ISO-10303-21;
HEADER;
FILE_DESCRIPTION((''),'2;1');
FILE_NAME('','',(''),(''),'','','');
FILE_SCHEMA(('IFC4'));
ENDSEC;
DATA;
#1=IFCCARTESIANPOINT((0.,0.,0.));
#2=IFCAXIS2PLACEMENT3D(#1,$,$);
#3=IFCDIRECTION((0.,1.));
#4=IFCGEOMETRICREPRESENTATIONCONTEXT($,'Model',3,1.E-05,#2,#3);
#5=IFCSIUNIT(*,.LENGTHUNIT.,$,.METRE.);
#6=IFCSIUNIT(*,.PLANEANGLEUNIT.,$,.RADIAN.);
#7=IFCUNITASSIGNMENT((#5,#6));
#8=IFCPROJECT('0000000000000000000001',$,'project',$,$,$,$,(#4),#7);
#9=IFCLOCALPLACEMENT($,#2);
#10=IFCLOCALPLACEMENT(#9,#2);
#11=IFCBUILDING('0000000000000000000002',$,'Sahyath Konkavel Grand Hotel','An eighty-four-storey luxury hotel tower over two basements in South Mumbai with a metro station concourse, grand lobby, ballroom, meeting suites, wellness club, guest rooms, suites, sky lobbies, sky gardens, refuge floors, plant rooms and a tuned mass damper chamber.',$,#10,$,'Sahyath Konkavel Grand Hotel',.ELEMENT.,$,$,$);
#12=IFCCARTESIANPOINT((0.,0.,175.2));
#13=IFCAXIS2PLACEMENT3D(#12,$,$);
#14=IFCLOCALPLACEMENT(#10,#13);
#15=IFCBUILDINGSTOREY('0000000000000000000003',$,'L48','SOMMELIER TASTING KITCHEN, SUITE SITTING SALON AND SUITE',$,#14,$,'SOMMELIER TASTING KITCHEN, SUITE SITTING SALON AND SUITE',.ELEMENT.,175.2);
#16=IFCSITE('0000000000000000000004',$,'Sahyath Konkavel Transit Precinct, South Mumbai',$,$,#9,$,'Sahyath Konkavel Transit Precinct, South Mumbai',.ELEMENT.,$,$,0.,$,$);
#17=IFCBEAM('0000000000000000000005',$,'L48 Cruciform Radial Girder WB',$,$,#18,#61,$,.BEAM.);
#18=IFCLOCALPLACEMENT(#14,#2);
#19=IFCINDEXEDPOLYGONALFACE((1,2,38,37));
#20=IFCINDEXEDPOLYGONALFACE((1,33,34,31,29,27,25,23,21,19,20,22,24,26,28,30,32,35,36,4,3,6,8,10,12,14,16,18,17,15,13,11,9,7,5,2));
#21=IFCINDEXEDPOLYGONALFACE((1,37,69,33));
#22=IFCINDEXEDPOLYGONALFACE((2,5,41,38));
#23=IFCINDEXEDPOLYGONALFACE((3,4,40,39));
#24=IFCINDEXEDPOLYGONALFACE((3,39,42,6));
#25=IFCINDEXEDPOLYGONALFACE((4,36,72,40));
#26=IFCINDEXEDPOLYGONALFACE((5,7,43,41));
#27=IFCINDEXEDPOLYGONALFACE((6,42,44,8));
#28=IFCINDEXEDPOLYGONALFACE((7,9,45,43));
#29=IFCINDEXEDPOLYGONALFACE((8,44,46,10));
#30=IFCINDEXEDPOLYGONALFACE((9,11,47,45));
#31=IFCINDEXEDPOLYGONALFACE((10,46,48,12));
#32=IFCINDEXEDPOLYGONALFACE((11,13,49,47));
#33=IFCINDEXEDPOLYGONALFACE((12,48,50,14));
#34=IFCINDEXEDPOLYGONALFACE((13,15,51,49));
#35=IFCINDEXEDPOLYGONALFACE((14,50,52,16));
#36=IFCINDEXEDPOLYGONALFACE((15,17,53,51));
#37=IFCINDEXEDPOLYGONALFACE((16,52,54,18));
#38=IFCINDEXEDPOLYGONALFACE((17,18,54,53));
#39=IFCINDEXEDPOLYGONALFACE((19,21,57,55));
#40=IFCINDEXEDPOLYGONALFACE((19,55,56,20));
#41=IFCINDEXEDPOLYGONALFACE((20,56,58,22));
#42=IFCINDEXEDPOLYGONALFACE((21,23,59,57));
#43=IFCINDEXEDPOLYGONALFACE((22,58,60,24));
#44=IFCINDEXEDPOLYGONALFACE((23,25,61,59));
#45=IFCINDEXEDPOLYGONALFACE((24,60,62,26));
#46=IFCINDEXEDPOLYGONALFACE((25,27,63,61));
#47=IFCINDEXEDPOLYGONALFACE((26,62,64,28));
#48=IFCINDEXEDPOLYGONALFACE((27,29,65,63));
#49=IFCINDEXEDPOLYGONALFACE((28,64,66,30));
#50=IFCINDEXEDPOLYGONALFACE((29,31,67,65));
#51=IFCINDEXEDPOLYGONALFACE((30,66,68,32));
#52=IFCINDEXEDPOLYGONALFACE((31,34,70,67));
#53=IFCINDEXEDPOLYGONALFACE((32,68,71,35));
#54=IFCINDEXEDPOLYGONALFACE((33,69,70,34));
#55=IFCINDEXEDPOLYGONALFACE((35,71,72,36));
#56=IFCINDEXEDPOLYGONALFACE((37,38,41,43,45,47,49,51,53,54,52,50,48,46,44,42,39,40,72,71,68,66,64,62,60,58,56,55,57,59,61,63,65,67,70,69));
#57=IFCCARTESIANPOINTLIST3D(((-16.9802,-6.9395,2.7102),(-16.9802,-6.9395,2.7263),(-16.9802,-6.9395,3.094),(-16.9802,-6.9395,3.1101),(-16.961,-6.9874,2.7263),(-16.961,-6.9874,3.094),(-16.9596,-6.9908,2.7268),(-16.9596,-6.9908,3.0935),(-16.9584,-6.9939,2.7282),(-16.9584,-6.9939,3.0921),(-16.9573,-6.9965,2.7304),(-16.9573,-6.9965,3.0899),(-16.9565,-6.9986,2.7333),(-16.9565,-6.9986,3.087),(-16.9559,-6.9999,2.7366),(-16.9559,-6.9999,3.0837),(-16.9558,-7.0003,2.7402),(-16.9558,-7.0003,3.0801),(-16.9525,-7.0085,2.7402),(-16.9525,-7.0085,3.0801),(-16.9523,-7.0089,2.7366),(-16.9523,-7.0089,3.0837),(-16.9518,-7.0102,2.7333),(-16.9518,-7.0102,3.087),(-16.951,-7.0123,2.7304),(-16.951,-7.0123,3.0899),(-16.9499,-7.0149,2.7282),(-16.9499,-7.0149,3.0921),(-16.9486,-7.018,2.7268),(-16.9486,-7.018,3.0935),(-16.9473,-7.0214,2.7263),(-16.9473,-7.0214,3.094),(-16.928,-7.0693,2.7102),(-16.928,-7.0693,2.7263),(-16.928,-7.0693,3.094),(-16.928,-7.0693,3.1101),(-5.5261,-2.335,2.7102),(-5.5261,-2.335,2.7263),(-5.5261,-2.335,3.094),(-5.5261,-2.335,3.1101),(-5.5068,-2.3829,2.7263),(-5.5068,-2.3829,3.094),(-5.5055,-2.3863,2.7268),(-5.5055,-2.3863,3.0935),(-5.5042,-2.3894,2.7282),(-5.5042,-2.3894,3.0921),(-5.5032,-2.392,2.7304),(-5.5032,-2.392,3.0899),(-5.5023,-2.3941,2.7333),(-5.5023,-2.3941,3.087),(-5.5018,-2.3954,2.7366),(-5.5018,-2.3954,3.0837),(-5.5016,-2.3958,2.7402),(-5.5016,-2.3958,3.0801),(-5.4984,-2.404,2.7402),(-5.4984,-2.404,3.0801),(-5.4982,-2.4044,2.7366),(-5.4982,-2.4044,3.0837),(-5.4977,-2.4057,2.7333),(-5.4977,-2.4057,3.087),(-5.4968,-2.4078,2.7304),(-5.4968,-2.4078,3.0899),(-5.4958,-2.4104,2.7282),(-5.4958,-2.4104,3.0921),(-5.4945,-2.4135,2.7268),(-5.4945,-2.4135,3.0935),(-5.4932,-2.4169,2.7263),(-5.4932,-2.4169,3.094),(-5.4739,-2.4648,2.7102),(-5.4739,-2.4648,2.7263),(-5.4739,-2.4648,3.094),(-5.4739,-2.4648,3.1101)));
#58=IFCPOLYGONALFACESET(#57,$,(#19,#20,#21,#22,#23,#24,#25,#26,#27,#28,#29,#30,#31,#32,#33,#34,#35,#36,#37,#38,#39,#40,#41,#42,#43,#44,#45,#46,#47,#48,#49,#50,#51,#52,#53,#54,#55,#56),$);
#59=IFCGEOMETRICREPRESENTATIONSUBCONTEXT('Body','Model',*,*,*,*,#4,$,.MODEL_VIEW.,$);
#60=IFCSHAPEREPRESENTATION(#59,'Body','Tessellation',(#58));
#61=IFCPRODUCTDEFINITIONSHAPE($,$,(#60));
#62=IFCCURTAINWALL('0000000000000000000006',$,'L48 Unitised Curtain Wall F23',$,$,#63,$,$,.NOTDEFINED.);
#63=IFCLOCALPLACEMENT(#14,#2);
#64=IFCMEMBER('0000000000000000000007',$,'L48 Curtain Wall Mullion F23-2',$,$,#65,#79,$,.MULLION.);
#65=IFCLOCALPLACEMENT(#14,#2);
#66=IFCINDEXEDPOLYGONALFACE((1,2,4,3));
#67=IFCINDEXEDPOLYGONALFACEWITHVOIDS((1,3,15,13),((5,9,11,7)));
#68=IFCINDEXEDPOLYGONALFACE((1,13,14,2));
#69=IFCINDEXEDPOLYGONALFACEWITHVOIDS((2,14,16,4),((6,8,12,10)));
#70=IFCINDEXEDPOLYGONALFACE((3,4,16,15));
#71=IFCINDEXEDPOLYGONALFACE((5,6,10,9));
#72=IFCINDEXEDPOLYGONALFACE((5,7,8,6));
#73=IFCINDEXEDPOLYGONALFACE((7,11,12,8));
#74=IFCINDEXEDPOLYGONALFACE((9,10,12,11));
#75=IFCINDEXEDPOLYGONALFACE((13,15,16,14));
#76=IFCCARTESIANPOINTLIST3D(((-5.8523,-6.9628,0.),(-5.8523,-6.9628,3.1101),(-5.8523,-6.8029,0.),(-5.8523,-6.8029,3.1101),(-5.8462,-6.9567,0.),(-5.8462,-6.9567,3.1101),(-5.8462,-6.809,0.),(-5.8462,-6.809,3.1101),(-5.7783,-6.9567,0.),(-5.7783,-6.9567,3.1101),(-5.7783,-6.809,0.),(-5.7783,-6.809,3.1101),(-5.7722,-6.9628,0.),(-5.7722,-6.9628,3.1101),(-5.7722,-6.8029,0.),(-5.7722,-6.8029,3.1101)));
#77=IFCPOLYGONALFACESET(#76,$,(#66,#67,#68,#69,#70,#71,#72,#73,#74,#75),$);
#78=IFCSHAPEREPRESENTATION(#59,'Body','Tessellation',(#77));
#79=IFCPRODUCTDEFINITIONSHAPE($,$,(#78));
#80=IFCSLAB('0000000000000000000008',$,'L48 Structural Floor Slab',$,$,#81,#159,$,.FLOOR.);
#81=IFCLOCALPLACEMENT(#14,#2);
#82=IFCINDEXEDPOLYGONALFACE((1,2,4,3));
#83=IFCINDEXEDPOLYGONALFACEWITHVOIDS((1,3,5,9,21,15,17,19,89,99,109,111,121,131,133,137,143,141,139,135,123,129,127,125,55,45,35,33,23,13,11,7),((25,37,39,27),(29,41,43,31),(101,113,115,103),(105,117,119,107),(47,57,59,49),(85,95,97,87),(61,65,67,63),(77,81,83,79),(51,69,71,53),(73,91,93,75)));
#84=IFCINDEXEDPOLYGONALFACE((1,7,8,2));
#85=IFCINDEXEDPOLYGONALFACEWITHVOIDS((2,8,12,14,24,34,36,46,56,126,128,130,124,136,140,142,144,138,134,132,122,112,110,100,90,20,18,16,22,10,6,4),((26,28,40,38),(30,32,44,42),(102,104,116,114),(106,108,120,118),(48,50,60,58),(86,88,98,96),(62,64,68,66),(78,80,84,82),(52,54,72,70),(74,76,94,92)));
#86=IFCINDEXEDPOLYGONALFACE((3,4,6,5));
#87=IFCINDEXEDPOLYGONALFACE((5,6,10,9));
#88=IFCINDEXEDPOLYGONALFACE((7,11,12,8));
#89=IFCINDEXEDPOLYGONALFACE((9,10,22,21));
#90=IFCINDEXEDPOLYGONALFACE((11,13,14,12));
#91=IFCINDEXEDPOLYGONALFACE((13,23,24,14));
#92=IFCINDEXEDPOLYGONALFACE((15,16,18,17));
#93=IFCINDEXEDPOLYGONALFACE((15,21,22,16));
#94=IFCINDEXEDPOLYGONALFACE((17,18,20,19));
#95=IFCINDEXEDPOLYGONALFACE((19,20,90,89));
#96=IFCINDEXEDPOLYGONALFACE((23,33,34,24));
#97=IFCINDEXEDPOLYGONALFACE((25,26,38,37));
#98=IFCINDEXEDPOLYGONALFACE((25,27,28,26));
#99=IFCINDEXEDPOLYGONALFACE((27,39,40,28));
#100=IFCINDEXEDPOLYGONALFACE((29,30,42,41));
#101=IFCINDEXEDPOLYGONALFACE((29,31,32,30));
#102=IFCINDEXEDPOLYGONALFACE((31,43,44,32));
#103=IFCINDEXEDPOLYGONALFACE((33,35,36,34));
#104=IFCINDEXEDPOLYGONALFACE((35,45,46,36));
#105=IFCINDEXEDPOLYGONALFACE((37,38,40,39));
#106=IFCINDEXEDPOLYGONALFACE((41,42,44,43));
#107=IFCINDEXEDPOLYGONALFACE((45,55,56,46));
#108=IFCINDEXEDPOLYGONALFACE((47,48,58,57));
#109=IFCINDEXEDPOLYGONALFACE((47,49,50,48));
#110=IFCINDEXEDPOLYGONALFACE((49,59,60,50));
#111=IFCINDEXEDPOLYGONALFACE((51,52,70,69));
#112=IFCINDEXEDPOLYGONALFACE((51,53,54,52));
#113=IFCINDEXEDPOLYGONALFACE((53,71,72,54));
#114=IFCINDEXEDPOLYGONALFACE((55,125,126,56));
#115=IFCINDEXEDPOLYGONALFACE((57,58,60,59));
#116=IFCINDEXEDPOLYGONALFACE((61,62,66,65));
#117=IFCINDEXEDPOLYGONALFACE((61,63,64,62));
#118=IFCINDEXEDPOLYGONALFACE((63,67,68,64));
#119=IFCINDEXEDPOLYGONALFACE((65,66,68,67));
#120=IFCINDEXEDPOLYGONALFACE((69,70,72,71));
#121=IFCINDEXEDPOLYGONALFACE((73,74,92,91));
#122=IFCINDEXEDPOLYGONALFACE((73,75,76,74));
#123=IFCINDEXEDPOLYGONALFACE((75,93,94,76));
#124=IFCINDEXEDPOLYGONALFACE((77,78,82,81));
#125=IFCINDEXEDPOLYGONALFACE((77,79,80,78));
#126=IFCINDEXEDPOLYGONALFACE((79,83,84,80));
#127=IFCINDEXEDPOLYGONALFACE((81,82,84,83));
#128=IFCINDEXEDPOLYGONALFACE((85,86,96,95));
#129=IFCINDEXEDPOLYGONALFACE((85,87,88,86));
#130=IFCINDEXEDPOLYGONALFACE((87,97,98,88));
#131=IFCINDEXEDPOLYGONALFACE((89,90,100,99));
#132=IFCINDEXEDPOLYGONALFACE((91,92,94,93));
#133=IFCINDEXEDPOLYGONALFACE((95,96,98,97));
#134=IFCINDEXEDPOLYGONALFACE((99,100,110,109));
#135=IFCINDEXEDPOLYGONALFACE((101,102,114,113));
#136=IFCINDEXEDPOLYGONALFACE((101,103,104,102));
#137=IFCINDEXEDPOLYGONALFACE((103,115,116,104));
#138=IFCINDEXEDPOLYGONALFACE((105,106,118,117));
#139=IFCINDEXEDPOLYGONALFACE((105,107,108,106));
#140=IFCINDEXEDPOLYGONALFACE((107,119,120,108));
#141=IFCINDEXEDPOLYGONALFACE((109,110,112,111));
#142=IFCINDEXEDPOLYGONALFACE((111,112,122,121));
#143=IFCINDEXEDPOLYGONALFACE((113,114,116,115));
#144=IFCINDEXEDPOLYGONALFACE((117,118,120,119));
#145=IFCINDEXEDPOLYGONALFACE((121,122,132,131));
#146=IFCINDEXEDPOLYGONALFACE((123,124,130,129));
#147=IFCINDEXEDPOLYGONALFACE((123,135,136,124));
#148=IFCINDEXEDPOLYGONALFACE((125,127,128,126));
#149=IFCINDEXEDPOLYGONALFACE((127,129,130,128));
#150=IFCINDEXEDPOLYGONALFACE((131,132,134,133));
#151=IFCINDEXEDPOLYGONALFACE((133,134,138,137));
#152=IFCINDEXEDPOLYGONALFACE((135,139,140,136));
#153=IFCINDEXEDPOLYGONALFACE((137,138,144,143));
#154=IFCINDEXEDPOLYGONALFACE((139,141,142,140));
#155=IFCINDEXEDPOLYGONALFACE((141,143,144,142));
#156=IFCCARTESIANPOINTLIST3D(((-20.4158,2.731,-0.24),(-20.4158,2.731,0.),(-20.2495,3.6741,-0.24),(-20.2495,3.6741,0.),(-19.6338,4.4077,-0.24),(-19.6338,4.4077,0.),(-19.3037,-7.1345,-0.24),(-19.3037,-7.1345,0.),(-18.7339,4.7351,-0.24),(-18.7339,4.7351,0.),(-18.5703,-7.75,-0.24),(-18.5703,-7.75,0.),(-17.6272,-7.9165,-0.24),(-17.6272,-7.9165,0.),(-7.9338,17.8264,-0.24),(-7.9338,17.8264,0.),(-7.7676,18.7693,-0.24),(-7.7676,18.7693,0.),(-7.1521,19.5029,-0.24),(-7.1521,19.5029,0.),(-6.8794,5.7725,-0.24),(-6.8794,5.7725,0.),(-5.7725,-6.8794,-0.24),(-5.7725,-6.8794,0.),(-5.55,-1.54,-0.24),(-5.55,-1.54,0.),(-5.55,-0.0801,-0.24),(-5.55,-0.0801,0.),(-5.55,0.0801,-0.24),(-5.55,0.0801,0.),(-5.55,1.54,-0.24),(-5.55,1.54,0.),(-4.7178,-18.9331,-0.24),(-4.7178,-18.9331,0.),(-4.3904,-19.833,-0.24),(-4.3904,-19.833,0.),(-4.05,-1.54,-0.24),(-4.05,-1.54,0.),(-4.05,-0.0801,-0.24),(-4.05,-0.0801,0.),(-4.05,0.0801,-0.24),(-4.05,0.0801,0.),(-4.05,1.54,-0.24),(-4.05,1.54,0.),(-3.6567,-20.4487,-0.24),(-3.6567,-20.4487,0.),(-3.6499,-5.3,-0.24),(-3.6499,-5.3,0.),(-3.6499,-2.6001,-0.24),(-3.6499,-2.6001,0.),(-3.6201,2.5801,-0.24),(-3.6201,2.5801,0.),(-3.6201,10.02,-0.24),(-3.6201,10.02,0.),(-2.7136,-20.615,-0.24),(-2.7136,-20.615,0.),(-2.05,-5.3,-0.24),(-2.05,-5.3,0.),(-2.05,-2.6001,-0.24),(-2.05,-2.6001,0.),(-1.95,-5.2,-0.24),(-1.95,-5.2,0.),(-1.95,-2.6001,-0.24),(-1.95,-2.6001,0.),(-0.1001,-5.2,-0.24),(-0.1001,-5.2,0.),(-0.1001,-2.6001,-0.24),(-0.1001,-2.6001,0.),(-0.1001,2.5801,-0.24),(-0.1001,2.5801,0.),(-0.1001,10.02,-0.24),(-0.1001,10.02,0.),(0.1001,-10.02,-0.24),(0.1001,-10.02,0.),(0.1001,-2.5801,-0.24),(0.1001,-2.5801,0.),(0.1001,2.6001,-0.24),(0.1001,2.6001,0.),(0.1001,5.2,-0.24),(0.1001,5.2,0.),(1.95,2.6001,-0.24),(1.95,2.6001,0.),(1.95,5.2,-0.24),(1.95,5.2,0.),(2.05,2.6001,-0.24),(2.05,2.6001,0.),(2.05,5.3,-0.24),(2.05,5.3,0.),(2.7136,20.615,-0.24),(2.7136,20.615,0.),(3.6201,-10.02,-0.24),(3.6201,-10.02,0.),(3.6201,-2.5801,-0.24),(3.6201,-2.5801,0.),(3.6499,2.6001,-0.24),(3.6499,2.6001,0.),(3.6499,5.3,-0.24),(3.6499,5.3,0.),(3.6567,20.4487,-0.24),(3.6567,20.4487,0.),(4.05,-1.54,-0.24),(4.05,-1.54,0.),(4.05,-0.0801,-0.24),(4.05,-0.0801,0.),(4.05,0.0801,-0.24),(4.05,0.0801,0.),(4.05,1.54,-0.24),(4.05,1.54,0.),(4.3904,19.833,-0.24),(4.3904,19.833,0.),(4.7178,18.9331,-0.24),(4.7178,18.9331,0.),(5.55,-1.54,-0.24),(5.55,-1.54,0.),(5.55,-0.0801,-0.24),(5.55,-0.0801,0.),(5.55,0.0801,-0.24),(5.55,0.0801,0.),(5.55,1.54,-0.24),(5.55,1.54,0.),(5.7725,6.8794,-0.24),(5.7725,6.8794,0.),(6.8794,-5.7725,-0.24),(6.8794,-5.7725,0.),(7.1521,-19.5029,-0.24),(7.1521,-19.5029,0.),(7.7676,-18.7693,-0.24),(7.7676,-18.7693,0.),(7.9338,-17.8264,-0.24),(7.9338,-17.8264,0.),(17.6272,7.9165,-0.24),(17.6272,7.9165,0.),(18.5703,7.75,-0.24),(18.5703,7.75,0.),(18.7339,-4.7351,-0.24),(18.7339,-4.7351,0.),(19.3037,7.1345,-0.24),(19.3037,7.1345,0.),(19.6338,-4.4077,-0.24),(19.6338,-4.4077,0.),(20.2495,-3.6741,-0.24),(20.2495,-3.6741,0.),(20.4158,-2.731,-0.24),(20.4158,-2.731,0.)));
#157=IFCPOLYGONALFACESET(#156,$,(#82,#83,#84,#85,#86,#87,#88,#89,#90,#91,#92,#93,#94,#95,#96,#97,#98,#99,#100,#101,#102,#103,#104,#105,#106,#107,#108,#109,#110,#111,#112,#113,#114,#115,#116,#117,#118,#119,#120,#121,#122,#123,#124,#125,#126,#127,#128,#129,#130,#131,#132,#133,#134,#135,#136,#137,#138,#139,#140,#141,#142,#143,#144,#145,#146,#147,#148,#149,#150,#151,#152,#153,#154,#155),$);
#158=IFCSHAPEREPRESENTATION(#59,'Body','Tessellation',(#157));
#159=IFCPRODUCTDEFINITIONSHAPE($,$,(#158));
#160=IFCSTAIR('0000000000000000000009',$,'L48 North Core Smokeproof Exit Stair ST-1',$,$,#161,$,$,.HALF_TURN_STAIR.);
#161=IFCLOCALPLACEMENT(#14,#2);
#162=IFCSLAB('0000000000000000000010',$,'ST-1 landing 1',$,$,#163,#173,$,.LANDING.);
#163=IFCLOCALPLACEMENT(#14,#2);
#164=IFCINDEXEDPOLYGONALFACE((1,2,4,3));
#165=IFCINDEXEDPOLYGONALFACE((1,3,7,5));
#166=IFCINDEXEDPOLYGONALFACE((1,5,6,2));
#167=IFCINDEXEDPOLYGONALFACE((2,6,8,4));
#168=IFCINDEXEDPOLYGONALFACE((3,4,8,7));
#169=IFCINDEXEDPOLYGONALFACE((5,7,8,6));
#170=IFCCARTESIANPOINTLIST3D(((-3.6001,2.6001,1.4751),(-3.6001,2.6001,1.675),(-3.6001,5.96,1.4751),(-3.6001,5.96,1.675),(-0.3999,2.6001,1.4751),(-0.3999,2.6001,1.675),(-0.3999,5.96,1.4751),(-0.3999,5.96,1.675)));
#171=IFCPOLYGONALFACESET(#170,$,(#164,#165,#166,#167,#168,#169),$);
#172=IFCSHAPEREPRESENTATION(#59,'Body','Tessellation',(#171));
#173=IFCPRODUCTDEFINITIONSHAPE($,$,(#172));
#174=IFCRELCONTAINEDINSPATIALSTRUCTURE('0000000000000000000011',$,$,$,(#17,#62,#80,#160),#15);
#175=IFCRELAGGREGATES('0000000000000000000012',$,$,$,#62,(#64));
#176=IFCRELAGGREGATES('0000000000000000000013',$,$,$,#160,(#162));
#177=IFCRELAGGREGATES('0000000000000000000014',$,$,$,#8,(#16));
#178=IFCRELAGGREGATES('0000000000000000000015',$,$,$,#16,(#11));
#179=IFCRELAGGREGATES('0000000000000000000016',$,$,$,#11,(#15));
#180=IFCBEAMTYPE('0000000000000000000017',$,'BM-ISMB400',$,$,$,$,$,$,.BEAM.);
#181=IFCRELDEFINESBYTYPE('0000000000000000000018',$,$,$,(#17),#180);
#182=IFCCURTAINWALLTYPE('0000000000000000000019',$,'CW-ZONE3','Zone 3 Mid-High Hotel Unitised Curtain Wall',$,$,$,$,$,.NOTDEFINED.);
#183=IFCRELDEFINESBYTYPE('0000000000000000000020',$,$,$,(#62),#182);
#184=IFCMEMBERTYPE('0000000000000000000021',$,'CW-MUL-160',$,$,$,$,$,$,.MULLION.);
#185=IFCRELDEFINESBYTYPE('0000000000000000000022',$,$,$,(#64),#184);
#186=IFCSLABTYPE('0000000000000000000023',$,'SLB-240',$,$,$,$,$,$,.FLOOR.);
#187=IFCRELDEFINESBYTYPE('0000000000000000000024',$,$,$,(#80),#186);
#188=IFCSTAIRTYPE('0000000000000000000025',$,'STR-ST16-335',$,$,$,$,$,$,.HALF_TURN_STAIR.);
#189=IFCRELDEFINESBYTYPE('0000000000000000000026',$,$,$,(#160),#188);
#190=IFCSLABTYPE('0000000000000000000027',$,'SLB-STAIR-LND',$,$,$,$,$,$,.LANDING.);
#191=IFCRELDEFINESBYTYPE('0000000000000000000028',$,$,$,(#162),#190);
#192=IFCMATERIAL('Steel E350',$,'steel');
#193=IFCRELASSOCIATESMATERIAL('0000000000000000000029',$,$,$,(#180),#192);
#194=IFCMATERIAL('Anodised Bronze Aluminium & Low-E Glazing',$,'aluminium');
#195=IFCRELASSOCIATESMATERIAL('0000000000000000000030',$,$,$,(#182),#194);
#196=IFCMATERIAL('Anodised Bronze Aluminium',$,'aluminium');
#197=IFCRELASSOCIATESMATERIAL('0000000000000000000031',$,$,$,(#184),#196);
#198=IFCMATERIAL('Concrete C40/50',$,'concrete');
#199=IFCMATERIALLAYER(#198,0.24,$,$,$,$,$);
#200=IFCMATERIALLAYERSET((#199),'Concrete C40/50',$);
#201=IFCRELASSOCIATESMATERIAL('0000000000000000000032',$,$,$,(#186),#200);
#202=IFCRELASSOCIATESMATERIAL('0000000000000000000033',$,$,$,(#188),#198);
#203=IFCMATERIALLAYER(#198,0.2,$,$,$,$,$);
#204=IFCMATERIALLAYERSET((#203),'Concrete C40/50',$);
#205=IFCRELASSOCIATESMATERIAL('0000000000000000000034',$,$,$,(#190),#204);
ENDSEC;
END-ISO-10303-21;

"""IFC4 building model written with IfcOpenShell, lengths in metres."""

from ifc_helpers import new_model, si_unit, direction, frame, origin, origin_2d, place, context, subcontext, project, spatial, polyline, hollow_rectangle, i_section, outline, extrude, source, transform, mapped, material, layer, layer_set, material_profile, profile_set, type_object, element, aggregate, save


model = new_model("IFC4")

# Units and contexts
model_context = context("Model", 3, precision=1e-05, world=origin(), true_north=direction((0.0, 1.0)))
body_context = subcontext(model_context, "Body", "Model", "MODEL_VIEW")
ifc_project = project(units=[si_unit("LENGTHUNIT", "METRE"), si_unit("PLANEANGLEUNIT", "RADIAN")], contexts=[model_context])

# Site, building, storey
site_placement = place(None, origin())
site = spatial("IfcSite", under=ifc_project, at=site_placement, Name="Sahyath Konkavel Transit Precinct, South Mumbai", LongName="Sahyath Konkavel Transit Precinct, South Mumbai", CompositionType="ELEMENT", RefElevation=0.0)
building_placement = place(site_placement, origin())
building = spatial("IfcBuilding", under=site, at=building_placement, Name="Sahyath Konkavel Grand Hotel", Description="An eighty-four-storey luxury hotel tower over two basements in South Mumbai with a metro station concourse, grand lobby, ballroom, meeting suites, wellness club, guest rooms, suites, sky lobbies, sky gardens, refuge floors, plant rooms and a tuned mass damper chamber.", LongName="Sahyath Konkavel Grand Hotel", CompositionType="ELEMENT")
storey_placement = place(building_placement, frame((0.0, 0.0, 175.2)))
storey = spatial("IfcBuildingStorey", under=building, at=storey_placement, Name="L48", Description="SOMMELIER TASTING KITCHEN, SUITE SITTING SALON AND SUITE", LongName="SOMMELIER TASTING KITCHEN, SUITE SITTING SALON AND SUITE", CompositionType="ELEMENT", Elevation=175.2)

# Beam
ifc_material_1 = material(Name="Steel E350", Category="steel")
ifc_material_profile_1 = material_profile(ifc_material_1, i_section(OverallWidth=0.1399, OverallDepth=0.3999, WebThickness=0.0088, FlangeThickness=0.0161, FilletRadius=0.0139, at=origin_2d()), Name="ISMB 400")
ifc_profile_set_1 = profile_set([ifc_material_profile_1], Name="Steel E350")
beam_type_1 = type_object("IfcBeamType", Name="BM-ISMB400", PredefinedType="BEAM", material=ifc_profile_set_1)
shared_shape_1 = source(origin(), body_context, "Body", "SweptSolid", [
    extrude(i_section(OverallWidth=0.1399, OverallDepth=0.3999, WebThickness=0.0088, FlangeThickness=0.0161, FilletRadius=0.0139, at=origin_2d()), origin(), (0.0, 0.0, 1.0), 12.345),
])
beam_1_placement = place(storey_placement, frame((-5.5, -2.3999, 2.9102), z_axis=(-0.927837, -0.372986, 0.0), x_axis=(0.372986, -0.927837, 0.0)))
element("IfcBeam", 1, at=beam_1_placement, inside=storey, type_object=beam_type_1, Name="L48 Cruciform Radial Girder WB", PredefinedType="BEAM", context=body_context, shape_type="MappedRepresentation", body=[
    mapped(shared_shape_1, transform((0.0, 0.0, 0.0), scale=1.0)),
])

# Curtain wall, member
ifc_material_2 = material(Name="Anodised Bronze Aluminium & Low-E Glazing", Category="aluminium")
curtain_wall_type = type_object("IfcCurtainWallType", Name="CW-ZONE3", Description="Zone 3 Mid-High Hotel Unitised Curtain Wall", PredefinedType="NOTDEFINED", material=ifc_material_2)
curtain_wall_placement = place(storey_placement, origin())
curtain_wall = element("IfcCurtainWall", 2, at=curtain_wall_placement, inside=storey, type_object=curtain_wall_type, Name="L48 Unitised Curtain Wall F23", PredefinedType="NOTDEFINED")
ifc_material_3 = material(Name="Anodised Bronze Aluminium", Category="aluminium")
ifc_material_profile_2 = material_profile(ifc_material_3, hollow_rectangle(XDim=0.0801, YDim=0.1599, WallThickness=0.0061, at=origin_2d()), Name="RHS 160x80x6")
ifc_profile_set_2 = profile_set([ifc_material_profile_2], Name="Anodised Bronze Aluminium")
member_type = type_object("IfcMemberType", Name="CW-MUL-160", PredefinedType="MULLION", material=ifc_profile_set_2)
shared_shape_2 = source(origin(), body_context, "Body", "SweptSolid", [
    extrude(hollow_rectangle(XDim=0.0801, YDim=0.1599, WallThickness=0.0061, at=origin_2d()), origin(), (0.0, 0.0, 1.0), 3.1101),
])
member_placement = place(storey_placement, frame((-5.8123, -6.8828, 0.0), z_axis=(0.0, 0.0, 1.0), x_axis=(1.0, 0.0, 0.0)))
member = element("IfcMember", 3, at=member_placement, type_object=member_type, Name="L48 Curtain Wall Mullion F23-2", PredefinedType="MULLION", context=body_context, shape_type="MappedRepresentation", body=[
    mapped(shared_shape_2, transform((0.0, 0.0, 0.0), scale=1.0)),
])
aggregate(curtain_wall, [member])

# Slab
ifc_material_4 = material(Name="Concrete C40/50", Category="concrete")
ifc_layer_1 = layer(ifc_material_4, 0.24)
ifc_layer_set_1 = layer_set([ifc_layer_1], Name="Concrete C40/50")
slab_type_1 = type_object("IfcSlabType", Name="SLB-240", PredefinedType="FLOOR", material=ifc_layer_set_1)
slab_1_placement = place(storey_placement, frame((0.0, 0.0, -0.24)))
element("IfcSlab", 4, at=slab_1_placement, inside=storey, type_object=slab_type_1, Name="L48 Structural Floor Slab", PredefinedType="FLOOR", context=body_context, shape_type="SweptSolid", body=[
    extrude(outline(polyline([(6.8794, -5.7725), (18.7339, -4.7351), (19.6338, -4.4077), (20.2495, -3.6741), (20.4158, -2.731), (19.3037, 7.1345), (18.5703, 7.75), (17.6272, 7.9165), (5.7725, 6.8794), (4.7178, 18.9331), (4.3904, 19.833), (3.6567, 20.4487), (2.7136, 20.615), (-7.1521, 19.5029), (-7.7676, 18.7693), (-7.9338, 17.8264), (-6.8794, 5.7725), (-18.7339, 4.7351), (-19.6338, 4.4077), (-20.2495, 3.6741), (-20.4158, 2.731), (-19.3037, -7.1345), (-18.5703, -7.75), (-17.6272, -7.9165), (-5.7725, -6.8794), (-4.7178, -18.9331), (-4.3904, -19.833), (-3.6567, -20.4487), (-2.7136, -20.615), (7.1521, -19.5029), (7.7676, -18.7693), (7.9338, -17.8264), (6.8794, -5.7725)]), holes=[polyline([(-3.6201, 2.5801), (-0.1001, 2.5801), (-0.1001, 10.02), (-3.6201, 10.02), (-3.6201, 2.5801)]), polyline([(0.1001, -10.02), (3.6201, -10.02), (3.6201, -2.5801), (0.1001, -2.5801), (0.1001, -10.02)]), polyline([(0.1001, 2.6001), (1.95, 2.6001), (1.95, 5.2), (0.1001, 5.2), (0.1001, 2.6001)]), polyline([(-1.95, -5.2), (-0.1001, -5.2), (-0.1001, -2.6001), (-1.95, -2.6001), (-1.95, -5.2)]), polyline([(2.05, 2.6001), (3.6499, 2.6001), (3.6499, 5.3), (2.05, 5.3), (2.05, 2.6001)]), polyline([(-3.6499, -5.3), (-2.05, -5.3), (-2.05, -2.6001), (-3.6499, -2.6001), (-3.6499, -5.3)]), polyline([(4.05, 0.0801), (5.55, 0.0801), (5.55, 1.54), (4.05, 1.54), (4.05, 0.0801)]), polyline([(4.05, -1.54), (5.55, -1.54), (5.55, -0.0801), (4.05, -0.0801), (4.05, -1.54)]), polyline([(-5.55, 0.0801), (-4.05, 0.0801), (-4.05, 1.54), (-5.55, 1.54), (-5.55, 0.0801)]), polyline([(-5.55, -1.54), (-4.05, -1.54), (-4.05, -0.0801), (-5.55, -0.0801), (-5.55, -1.54)])]), origin(), (0.0, 0.0, 1.0), 0.24),
])

# Stair, slab
stair_type = type_object("IfcStairType", Name="STR-ST16-335", PredefinedType="HALF_TURN_STAIR", material=ifc_material_4)
stair_1_placement = place(storey_placement, origin())
stair_1 = element("IfcStair", 5, at=stair_1_placement, inside=storey, type_object=stair_type, Name="L48 North Core Smokeproof Exit Stair ST-1", PredefinedType="HALF_TURN_STAIR")
ifc_layer_2 = layer(ifc_material_4, 0.2)
ifc_layer_set_2 = layer_set([ifc_layer_2], Name="Concrete C40/50")
slab_type_2 = type_object("IfcSlabType", Name="SLB-STAIR-LND", PredefinedType="LANDING", material=ifc_layer_set_2)
slab_2_placement = place(storey_placement, frame((0.0, 0.0, 1.4751)))
slab_2 = element("IfcSlab", 6, at=slab_2_placement, type_object=slab_type_2, Name="ST-1 landing 1", PredefinedType="LANDING", context=body_context, shape_type="SweptSolid", body=[
    extrude(outline(polyline([(-3.6001, 5.96), (-3.6001, 2.6001), (-0.3999, 2.6001), (-0.3999, 5.96), (-3.6001, 5.96)])), origin(), (0.0, 0.0, 1.0), 0.2),
])
aggregate(stair_1, [slab_2])

save(model, "model.ifc")
